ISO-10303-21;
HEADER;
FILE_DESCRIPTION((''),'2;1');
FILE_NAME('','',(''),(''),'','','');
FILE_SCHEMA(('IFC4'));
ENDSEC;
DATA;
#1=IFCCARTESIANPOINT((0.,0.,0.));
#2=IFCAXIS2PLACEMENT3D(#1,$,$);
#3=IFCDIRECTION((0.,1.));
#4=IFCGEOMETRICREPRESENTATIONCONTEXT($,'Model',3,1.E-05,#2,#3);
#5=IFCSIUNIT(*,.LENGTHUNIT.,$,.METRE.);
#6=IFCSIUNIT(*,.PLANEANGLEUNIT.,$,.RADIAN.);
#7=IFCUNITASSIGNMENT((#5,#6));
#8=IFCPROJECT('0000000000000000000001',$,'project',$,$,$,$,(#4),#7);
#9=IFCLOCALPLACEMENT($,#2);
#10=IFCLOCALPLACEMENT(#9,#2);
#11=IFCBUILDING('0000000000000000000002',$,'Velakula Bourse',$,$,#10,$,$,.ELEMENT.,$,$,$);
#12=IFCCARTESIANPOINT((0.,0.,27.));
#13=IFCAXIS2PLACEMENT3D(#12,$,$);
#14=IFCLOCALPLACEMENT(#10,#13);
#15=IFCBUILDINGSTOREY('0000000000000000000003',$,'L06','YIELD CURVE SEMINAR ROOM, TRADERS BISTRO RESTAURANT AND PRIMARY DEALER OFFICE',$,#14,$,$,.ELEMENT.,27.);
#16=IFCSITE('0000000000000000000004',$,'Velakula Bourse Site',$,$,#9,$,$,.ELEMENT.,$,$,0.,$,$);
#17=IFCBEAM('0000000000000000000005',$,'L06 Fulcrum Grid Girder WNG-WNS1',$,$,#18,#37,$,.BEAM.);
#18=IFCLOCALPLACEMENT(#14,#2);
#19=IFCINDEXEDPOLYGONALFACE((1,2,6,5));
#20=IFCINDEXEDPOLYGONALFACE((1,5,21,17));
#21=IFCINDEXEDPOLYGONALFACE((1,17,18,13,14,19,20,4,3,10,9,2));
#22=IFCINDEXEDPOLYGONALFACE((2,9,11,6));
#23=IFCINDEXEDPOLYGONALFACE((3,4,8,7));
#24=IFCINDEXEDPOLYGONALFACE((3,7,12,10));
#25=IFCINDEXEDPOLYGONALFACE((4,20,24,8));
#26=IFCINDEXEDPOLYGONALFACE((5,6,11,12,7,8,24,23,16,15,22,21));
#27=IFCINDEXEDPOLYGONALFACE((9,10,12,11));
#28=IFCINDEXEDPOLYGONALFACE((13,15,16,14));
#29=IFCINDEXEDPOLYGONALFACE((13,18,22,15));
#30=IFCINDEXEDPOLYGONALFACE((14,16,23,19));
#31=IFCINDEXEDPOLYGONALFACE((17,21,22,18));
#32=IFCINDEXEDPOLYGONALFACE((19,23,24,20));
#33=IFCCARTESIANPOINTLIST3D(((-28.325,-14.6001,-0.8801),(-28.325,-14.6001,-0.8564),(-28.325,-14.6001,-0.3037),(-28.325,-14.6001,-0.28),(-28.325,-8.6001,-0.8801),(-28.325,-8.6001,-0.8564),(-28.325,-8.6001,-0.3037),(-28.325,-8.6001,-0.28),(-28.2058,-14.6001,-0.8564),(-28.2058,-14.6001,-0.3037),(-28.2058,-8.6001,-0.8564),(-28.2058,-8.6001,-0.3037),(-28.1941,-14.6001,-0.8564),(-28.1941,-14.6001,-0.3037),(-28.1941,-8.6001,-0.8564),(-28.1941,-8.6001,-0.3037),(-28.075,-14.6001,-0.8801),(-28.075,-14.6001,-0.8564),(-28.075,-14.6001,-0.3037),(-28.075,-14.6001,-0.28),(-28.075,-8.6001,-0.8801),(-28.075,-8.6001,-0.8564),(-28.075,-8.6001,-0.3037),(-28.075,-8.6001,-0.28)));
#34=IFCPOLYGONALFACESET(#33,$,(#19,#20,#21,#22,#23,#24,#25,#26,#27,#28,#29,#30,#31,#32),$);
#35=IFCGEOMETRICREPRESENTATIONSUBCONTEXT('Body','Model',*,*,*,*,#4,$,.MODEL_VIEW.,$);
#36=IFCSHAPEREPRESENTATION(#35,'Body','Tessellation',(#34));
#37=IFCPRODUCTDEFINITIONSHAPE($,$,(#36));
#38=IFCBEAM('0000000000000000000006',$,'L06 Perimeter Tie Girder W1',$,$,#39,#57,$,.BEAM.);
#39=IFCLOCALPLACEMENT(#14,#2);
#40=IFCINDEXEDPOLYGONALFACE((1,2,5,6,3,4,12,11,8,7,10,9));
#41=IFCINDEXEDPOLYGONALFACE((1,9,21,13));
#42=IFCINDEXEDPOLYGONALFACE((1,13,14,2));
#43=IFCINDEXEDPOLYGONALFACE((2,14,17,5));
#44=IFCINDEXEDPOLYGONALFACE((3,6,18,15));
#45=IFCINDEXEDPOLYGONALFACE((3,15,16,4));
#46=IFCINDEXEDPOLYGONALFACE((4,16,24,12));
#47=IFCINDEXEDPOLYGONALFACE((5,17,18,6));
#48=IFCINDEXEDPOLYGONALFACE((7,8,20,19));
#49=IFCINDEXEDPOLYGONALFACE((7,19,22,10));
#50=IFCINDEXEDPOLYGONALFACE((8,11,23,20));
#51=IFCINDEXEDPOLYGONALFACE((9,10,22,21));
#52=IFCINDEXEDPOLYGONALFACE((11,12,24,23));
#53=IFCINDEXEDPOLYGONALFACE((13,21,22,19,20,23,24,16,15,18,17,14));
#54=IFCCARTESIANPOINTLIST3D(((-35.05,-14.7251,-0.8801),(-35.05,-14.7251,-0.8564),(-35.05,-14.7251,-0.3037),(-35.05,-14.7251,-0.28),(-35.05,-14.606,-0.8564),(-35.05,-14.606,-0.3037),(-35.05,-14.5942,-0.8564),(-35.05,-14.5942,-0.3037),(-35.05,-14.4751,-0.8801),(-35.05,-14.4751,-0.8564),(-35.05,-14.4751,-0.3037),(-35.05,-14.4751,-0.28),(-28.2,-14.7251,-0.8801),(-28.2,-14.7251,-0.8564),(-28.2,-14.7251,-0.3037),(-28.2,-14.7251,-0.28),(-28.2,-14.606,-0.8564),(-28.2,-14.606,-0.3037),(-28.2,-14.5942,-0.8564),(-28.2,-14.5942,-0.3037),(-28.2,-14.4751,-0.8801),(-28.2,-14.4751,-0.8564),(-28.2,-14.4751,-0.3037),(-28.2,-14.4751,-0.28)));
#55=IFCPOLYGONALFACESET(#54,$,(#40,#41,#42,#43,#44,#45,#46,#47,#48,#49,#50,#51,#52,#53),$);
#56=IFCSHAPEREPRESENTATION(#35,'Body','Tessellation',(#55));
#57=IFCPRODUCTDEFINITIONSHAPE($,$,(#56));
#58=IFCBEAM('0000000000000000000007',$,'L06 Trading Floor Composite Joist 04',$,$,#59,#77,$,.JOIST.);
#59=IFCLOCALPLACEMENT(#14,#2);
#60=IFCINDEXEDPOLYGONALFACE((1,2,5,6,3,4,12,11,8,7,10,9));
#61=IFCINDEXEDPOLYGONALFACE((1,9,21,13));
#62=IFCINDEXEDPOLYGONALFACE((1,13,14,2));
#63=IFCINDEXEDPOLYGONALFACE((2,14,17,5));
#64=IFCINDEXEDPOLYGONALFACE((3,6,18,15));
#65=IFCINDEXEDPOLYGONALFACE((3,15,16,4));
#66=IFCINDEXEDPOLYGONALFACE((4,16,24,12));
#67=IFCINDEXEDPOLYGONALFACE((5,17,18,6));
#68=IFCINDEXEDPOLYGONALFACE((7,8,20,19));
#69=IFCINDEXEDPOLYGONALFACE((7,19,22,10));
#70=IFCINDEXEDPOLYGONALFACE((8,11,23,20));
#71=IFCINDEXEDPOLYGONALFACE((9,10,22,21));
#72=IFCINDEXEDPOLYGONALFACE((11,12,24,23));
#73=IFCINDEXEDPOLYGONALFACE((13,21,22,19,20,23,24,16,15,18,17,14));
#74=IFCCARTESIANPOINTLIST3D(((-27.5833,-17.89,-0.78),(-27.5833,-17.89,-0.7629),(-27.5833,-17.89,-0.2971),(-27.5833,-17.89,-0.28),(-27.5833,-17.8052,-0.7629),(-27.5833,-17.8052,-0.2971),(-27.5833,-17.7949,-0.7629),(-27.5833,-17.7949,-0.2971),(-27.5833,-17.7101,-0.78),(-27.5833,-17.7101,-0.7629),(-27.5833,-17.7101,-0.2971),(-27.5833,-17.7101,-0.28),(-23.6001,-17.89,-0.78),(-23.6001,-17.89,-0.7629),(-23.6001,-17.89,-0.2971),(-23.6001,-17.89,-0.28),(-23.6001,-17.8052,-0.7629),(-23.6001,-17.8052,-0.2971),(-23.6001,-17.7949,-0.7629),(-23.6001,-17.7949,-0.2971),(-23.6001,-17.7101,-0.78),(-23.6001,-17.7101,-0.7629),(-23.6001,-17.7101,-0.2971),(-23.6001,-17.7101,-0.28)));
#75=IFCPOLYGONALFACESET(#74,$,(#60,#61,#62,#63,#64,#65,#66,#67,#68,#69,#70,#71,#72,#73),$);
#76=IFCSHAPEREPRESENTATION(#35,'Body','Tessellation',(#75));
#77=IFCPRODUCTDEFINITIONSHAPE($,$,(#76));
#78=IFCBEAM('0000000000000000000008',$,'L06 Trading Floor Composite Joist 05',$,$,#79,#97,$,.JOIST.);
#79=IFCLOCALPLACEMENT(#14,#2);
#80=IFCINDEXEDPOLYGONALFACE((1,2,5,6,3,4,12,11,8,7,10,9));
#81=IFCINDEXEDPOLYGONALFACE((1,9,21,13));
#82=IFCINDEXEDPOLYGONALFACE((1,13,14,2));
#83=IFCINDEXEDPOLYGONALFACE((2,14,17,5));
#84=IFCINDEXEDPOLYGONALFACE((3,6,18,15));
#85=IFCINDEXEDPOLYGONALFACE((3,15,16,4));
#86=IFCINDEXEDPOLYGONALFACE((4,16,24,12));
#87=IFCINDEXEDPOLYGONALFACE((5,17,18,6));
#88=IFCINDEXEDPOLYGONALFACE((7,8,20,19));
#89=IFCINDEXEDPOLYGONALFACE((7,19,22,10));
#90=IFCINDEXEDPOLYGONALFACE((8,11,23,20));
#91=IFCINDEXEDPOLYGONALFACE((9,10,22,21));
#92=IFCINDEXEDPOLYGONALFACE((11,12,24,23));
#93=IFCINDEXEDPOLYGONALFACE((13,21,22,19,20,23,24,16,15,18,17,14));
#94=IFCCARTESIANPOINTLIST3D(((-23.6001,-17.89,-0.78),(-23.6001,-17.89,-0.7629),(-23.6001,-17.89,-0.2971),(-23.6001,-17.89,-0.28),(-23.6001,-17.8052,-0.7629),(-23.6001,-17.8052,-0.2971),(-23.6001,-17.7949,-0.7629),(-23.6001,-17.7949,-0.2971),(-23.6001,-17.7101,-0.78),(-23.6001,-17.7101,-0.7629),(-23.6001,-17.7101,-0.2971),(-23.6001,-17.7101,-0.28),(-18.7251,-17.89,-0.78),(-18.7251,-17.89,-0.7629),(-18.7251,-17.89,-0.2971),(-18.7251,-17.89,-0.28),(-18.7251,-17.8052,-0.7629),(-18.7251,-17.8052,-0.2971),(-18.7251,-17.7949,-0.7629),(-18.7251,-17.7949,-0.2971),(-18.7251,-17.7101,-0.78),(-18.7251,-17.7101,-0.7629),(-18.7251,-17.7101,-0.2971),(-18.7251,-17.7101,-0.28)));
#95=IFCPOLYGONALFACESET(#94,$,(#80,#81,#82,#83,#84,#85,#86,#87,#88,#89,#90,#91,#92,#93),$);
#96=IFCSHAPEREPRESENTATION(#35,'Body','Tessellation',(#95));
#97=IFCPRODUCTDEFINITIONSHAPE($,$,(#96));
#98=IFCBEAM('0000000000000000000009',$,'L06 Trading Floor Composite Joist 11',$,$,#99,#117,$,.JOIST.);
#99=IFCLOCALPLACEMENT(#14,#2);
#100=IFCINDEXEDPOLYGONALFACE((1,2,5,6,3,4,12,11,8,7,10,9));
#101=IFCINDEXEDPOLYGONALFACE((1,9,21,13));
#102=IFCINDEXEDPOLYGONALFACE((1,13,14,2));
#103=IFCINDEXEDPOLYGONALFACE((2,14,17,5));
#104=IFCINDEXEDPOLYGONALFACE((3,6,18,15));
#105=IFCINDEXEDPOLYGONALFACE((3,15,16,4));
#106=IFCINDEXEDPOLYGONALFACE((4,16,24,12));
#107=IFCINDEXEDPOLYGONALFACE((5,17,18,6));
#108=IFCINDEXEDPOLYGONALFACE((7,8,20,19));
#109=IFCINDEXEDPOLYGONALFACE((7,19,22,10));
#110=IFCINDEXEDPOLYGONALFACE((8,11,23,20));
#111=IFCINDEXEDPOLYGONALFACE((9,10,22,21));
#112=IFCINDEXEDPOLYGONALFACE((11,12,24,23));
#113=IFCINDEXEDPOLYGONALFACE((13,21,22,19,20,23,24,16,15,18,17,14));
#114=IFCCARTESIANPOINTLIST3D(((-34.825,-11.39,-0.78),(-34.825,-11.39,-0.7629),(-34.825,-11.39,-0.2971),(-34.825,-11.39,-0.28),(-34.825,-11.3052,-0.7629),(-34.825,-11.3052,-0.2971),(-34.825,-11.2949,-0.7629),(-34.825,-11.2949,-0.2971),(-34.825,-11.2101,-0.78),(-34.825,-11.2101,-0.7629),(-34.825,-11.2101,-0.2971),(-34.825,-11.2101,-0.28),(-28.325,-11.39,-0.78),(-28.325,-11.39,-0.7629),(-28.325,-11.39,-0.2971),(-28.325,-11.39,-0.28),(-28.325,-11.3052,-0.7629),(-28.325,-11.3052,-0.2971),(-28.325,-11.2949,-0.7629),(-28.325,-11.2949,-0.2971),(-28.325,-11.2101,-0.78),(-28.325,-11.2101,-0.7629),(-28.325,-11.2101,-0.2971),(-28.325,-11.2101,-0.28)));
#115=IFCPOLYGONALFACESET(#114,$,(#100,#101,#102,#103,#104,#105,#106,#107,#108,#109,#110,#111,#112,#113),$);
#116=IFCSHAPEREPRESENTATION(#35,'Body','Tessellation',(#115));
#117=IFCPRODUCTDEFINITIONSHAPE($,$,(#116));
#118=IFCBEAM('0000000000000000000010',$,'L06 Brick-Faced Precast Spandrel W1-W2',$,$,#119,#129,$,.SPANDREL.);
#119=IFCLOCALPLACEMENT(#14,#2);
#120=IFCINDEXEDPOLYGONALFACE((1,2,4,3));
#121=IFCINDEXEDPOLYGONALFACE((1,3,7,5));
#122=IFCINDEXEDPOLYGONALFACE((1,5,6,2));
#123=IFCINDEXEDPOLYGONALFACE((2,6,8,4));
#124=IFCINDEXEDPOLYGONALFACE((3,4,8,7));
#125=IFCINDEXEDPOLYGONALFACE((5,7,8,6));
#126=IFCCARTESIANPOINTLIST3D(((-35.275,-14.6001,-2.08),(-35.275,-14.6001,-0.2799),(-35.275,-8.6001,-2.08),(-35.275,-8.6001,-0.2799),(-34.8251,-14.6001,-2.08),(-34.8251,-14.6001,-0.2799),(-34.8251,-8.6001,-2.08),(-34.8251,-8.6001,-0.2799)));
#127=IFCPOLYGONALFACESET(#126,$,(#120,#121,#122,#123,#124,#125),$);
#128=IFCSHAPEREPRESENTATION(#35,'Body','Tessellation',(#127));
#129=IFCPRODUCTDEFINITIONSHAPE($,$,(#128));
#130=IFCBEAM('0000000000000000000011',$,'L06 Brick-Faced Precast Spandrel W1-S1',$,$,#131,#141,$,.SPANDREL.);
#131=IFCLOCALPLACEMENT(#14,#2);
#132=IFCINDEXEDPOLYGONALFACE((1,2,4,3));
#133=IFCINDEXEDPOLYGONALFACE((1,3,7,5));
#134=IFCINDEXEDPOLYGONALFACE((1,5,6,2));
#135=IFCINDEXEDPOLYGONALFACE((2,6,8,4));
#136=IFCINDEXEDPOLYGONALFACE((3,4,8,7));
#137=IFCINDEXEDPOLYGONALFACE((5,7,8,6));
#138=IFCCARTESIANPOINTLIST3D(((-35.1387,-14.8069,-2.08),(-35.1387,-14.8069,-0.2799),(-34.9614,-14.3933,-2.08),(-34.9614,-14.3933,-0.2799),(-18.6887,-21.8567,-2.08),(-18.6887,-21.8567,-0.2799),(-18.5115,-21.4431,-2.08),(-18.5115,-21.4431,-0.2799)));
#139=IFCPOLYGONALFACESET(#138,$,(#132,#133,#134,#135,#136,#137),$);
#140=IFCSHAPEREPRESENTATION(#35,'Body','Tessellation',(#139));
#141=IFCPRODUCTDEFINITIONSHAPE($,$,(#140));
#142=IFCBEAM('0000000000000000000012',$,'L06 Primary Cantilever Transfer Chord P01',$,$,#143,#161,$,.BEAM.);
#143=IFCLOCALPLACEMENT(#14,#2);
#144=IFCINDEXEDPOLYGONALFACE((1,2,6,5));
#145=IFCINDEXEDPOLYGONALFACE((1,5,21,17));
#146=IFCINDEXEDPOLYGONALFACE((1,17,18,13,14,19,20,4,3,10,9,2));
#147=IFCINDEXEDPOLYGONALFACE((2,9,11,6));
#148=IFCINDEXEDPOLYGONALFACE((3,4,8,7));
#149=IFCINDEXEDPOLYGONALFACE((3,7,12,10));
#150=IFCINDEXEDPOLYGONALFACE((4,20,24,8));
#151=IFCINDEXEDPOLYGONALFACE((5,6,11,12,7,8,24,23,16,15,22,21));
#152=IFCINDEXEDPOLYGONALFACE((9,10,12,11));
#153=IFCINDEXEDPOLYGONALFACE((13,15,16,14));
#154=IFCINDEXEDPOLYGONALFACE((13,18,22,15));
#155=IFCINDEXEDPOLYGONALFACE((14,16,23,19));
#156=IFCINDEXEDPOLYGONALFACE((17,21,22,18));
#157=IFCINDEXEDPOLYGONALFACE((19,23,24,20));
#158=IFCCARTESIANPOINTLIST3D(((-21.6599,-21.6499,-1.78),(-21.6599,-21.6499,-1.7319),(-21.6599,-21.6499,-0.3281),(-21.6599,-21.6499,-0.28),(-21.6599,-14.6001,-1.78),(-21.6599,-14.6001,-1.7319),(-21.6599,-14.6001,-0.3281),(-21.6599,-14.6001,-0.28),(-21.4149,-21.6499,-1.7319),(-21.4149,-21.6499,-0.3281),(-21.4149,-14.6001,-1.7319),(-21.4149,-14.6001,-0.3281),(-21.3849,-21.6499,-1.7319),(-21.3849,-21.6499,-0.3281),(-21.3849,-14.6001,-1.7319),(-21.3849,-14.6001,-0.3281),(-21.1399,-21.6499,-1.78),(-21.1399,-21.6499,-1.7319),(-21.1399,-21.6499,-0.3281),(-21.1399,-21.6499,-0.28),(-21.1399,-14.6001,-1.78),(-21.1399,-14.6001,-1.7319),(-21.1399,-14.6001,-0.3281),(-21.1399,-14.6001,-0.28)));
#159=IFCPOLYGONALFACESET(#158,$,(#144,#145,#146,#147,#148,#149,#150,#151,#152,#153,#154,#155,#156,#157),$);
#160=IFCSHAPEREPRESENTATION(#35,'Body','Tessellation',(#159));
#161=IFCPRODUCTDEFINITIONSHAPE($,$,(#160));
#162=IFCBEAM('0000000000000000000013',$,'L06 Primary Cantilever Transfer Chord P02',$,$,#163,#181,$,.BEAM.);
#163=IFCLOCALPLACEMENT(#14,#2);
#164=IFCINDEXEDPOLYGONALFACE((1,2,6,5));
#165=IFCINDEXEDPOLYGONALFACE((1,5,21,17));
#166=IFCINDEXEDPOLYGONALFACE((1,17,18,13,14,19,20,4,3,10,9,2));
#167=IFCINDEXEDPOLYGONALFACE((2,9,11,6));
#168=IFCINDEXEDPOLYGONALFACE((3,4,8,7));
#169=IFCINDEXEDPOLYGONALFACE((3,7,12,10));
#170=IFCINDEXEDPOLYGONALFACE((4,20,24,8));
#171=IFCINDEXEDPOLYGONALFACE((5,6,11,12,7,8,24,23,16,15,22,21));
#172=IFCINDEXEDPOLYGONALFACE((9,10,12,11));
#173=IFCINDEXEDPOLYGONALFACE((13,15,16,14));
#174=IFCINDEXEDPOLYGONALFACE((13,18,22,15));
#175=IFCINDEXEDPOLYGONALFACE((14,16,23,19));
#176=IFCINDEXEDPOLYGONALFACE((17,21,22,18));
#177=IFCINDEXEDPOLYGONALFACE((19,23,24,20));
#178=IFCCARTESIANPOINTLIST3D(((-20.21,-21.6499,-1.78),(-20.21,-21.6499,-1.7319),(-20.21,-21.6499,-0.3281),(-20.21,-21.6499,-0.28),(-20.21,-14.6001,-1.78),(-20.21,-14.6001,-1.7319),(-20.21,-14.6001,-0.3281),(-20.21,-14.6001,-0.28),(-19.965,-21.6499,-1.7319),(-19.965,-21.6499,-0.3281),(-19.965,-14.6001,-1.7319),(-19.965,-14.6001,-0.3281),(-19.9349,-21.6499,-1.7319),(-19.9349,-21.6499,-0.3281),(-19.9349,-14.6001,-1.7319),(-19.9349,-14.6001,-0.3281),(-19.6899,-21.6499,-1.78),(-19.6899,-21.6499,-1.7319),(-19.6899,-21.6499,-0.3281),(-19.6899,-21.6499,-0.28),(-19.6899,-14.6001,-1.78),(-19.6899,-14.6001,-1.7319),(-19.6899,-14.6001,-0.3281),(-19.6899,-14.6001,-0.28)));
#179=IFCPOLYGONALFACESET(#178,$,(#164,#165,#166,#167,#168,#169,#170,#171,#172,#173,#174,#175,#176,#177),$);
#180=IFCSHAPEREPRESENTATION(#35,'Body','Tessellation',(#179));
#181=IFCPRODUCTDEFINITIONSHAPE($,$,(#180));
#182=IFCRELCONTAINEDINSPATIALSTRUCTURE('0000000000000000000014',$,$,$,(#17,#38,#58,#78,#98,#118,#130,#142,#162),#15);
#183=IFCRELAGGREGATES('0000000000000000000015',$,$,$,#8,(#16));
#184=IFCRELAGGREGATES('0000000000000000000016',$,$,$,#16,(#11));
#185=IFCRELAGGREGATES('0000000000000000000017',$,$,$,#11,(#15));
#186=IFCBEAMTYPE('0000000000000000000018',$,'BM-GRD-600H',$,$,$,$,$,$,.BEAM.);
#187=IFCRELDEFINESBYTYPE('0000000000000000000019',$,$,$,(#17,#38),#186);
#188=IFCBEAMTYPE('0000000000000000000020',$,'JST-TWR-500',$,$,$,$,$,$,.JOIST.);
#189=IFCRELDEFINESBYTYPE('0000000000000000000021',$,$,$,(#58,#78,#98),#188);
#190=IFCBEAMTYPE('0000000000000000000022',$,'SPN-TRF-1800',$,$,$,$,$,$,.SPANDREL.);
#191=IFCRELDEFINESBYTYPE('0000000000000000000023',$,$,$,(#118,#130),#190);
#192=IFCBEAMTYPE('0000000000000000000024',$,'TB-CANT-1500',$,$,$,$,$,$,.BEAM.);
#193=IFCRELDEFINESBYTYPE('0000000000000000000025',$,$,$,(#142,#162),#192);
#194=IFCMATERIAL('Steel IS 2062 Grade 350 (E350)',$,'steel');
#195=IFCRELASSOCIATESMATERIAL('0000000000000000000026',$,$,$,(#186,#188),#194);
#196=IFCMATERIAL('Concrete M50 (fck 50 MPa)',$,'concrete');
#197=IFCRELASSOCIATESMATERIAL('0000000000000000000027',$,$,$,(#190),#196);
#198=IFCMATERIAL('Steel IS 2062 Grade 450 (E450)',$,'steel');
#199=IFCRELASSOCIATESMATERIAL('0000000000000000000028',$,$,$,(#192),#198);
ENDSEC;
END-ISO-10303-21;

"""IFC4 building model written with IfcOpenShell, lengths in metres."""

from ifc_helpers import new_model, si_unit, direction, frame, origin, origin_2d, place, context, subcontext, project, spatial, rectangle, i_section, extrude, material, material_profile, profile_set, type_object, element, save


model = new_model("IFC4")

# Units and contexts
model_context = context("Model", 3, precision=1e-05, world=origin(), true_north=direction((0.0, 1.0)))
body_context = subcontext(model_context, "Body", "Model", "MODEL_VIEW")
ifc_project = project(units=[si_unit("LENGTHUNIT", "METRE"), si_unit("PLANEANGLEUNIT", "RADIAN")], contexts=[model_context])

# Site, building, storey
site_placement = place(None, origin())
site = spatial("IfcSite", under=ifc_project, at=site_placement, Name="Velakula Bourse Site", CompositionType="ELEMENT", RefElevation=0.0)
building_placement = place(site_placement, origin())
building = spatial("IfcBuilding", under=site, at=building_placement, Name="Velakula Bourse", CompositionType="ELEMENT")
storey_placement = place(building_placement, frame((0.0, 0.0, 27.0)))
storey = spatial("IfcBuildingStorey", under=building, at=storey_placement, Name="L06", Description="YIELD CURVE SEMINAR ROOM, TRADERS BISTRO RESTAURANT AND PRIMARY DEALER OFFICE", CompositionType="ELEMENT", Elevation=27.0)

# Shared definitions
ifc_material_1 = material(Name="Steel IS 2062 Grade 450 (E450)", Category="steel")

# Beams
ifc_material_2 = material(Name="Steel IS 2062 Grade 350 (E350)", Category="steel")
ifc_material_profile_1 = material_profile(ifc_material_2, i_section(OverallWidth=0.25, OverallDepth=0.6001, WebThickness=0.0117, FlangeThickness=0.0237, at=origin_2d()), Name="Steel IS 2062 Grade 350 (E350)")
ifc_profile_set_1 = profile_set([ifc_material_profile_1], Name="Steel IS 2062 Grade 350 (E350)")
beam_type_1 = type_object("IfcBeamType", Name="BM-GRD-600H", PredefinedType="BEAM", material=ifc_profile_set_1)
beam_1_placement = place(storey_placement, frame((-28.2, -14.6001, -0.5801), z_axis=(0.0, 1.0, 0.0), x_axis=(-1.0, 0.0, 0.0)))
element("IfcBeam", 1, at=beam_1_placement, inside=storey, type_object=beam_type_1, Name="L06 Fulcrum Grid Girder WNG-WNS1", PredefinedType="BEAM", context=body_context, shape_type="SweptSolid", body=[
    extrude(i_section(OverallWidth=0.25, OverallDepth=0.6001, WebThickness=0.0117, FlangeThickness=0.0237, at=origin_2d()), origin(), (0.0, 0.0, 1.0), 6.0),
])
beam_2_placement = place(storey_placement, frame((-28.2, -14.6001, -0.5801), z_axis=(-1.0, 0.0, 0.0), x_axis=(0.0, -1.0, 0.0)))
element("IfcBeam", 2, at=beam_2_placement, inside=storey, type_object=beam_type_1, Name="L06 Perimeter Tie Girder W1", PredefinedType="BEAM", context=body_context, shape_type="SweptSolid", body=[
    extrude(i_section(OverallWidth=0.25, OverallDepth=0.6001, WebThickness=0.0117, FlangeThickness=0.0237, at=origin_2d()), origin(), (0.0, 0.0, 1.0), 6.8501),
])
ifc_material_profile_2 = material_profile(ifc_material_2, i_section(OverallWidth=0.1799, OverallDepth=0.5, WebThickness=0.0103, FlangeThickness=0.0171, at=origin_2d()), Name="Steel IS 2062 Grade 350 (E350)")
ifc_profile_set_2 = profile_set([ifc_material_profile_2], Name="Steel IS 2062 Grade 350 (E350)")
beam_type_2 = type_object("IfcBeamType", Name="JST-TWR-500", PredefinedType="JOIST", material=ifc_profile_set_2)
beam_3_placement = place(storey_placement, frame((-27.5833, -17.8, -0.53), z_axis=(1.0, 0.0, 0.0), x_axis=(0.0, 1.0, 0.0)))
element("IfcBeam", 3, at=beam_3_placement, inside=storey, type_object=beam_type_2, Name="L06 Trading Floor Composite Joist 04", PredefinedType="JOIST", context=body_context, shape_type="SweptSolid", body=[
    extrude(i_section(OverallWidth=0.1799, OverallDepth=0.5, WebThickness=0.0103, FlangeThickness=0.0171, at=origin_2d()), origin(), (0.0, 0.0, 1.0), 3.9832),
])
beam_4_placement = place(storey_placement, frame((-23.6001, -17.8, -0.53), z_axis=(1.0, 0.0, 0.0), x_axis=(0.0, 1.0, 0.0)))
element("IfcBeam", 4, at=beam_4_placement, inside=storey, type_object=beam_type_2, Name="L06 Trading Floor Composite Joist 05", PredefinedType="JOIST", context=body_context, shape_type="SweptSolid", body=[
    extrude(i_section(OverallWidth=0.1799, OverallDepth=0.5, WebThickness=0.0103, FlangeThickness=0.0171, at=origin_2d()), origin(), (0.0, 0.0, 1.0), 4.875),
])
beam_5_placement = place(storey_placement, frame((-34.825, -11.3, -0.53), z_axis=(1.0, 0.0, 0.0), x_axis=(0.0, 1.0, 0.0)))
element("IfcBeam", 5, at=beam_5_placement, inside=storey, type_object=beam_type_2, Name="L06 Trading Floor Composite Joist 11", PredefinedType="JOIST", context=body_context, shape_type="SweptSolid", body=[
    extrude(i_section(OverallWidth=0.1799, OverallDepth=0.5, WebThickness=0.0103, FlangeThickness=0.0171, at=origin_2d()), origin(), (0.0, 0.0, 1.0), 6.5),
])
ifc_material_3 = material(Name="Concrete M50 (fck 50 MPa)", Category="concrete")
ifc_material_profile_3 = material_profile(ifc_material_3, rectangle(XDim=0.45, YDim=1.8, at=origin_2d()), Name="Concrete M50 (fck 50 MPa)")
ifc_profile_set_3 = profile_set([ifc_material_profile_3], Name="Concrete M50 (fck 50 MPa)")
beam_type_3 = type_object("IfcBeamType", Name="SPN-TRF-1800", PredefinedType="SPANDREL", material=ifc_profile_set_3)
beam_6_placement = place(storey_placement, frame((-35.05, -14.6001, -1.1799), z_axis=(0.0, 1.0, 0.0), x_axis=(-1.0, 0.0, 0.0)))
element("IfcBeam", 6, at=beam_6_placement, inside=storey, type_object=beam_type_3, Name="L06 Brick-Faced Precast Spandrel W1-W2", PredefinedType="SPANDREL", context=body_context, shape_type="SweptSolid", body=[
    extrude(rectangle(XDim=0.45, YDim=1.8, at=origin_2d()), origin(), (0.0, 0.0, 1.0), 6.0),
])
beam_7_placement = place(storey_placement, frame((-35.05, -14.6001, -1.1799), z_axis=(0.919149, -0.393911, 0.0), x_axis=(0.393911, 0.919149, 0.0)))
element("IfcBeam", 7, at=beam_7_placement, inside=storey, type_object=beam_type_3, Name="L06 Brick-Faced Precast Spandrel W1-S1", PredefinedType="SPANDREL", context=body_context, shape_type="SweptSolid", body=[
    extrude(rectangle(XDim=0.45, YDim=1.8, at=origin_2d()), origin(), (0.0, 0.0, 1.0), 17.897),
])
ifc_material_profile_4 = material_profile(ifc_material_1, i_section(OverallWidth=0.52, OverallDepth=1.5, WebThickness=0.03, FlangeThickness=0.0481, at=origin_2d()), Name="Steel IS 2062 Grade 450 (E450)")
ifc_profile_set_4 = profile_set([ifc_material_profile_4], Name="Steel IS 2062 Grade 450 (E450)")
beam_type_4 = type_object("IfcBeamType", Name="TB-CANT-1500", PredefinedType="BEAM", material=ifc_profile_set_4)
for number, where, z_axis, x_axis, name in (
    (8, (-21.3999, -14.6001, -1.03), (0.0, -1.0, 0.0), (1.0, 0.0, 0.0), "L06 Primary Cantilever Transfer Chord P01"),
    (9, (-19.95, -14.6001, -1.03), (0.0, -1.0, 0.0), (1.0, 0.0, 0.0), "L06 Primary Cantilever Transfer Chord P02"),
):
    element("IfcBeam", number, at=place(storey_placement, frame(where, z_axis=z_axis, x_axis=x_axis)), inside=storey, type_object=beam_type_4, Name=name, PredefinedType="BEAM", context=body_context, shape_type="SweptSolid", body=[
        extrude(i_section(OverallWidth=0.52, OverallDepth=1.5, WebThickness=0.03, FlangeThickness=0.0481, at=origin_2d()), origin(), (0.0, 0.0, 1.0), 7.0498),
    ])

save(model, "model.ifc")
